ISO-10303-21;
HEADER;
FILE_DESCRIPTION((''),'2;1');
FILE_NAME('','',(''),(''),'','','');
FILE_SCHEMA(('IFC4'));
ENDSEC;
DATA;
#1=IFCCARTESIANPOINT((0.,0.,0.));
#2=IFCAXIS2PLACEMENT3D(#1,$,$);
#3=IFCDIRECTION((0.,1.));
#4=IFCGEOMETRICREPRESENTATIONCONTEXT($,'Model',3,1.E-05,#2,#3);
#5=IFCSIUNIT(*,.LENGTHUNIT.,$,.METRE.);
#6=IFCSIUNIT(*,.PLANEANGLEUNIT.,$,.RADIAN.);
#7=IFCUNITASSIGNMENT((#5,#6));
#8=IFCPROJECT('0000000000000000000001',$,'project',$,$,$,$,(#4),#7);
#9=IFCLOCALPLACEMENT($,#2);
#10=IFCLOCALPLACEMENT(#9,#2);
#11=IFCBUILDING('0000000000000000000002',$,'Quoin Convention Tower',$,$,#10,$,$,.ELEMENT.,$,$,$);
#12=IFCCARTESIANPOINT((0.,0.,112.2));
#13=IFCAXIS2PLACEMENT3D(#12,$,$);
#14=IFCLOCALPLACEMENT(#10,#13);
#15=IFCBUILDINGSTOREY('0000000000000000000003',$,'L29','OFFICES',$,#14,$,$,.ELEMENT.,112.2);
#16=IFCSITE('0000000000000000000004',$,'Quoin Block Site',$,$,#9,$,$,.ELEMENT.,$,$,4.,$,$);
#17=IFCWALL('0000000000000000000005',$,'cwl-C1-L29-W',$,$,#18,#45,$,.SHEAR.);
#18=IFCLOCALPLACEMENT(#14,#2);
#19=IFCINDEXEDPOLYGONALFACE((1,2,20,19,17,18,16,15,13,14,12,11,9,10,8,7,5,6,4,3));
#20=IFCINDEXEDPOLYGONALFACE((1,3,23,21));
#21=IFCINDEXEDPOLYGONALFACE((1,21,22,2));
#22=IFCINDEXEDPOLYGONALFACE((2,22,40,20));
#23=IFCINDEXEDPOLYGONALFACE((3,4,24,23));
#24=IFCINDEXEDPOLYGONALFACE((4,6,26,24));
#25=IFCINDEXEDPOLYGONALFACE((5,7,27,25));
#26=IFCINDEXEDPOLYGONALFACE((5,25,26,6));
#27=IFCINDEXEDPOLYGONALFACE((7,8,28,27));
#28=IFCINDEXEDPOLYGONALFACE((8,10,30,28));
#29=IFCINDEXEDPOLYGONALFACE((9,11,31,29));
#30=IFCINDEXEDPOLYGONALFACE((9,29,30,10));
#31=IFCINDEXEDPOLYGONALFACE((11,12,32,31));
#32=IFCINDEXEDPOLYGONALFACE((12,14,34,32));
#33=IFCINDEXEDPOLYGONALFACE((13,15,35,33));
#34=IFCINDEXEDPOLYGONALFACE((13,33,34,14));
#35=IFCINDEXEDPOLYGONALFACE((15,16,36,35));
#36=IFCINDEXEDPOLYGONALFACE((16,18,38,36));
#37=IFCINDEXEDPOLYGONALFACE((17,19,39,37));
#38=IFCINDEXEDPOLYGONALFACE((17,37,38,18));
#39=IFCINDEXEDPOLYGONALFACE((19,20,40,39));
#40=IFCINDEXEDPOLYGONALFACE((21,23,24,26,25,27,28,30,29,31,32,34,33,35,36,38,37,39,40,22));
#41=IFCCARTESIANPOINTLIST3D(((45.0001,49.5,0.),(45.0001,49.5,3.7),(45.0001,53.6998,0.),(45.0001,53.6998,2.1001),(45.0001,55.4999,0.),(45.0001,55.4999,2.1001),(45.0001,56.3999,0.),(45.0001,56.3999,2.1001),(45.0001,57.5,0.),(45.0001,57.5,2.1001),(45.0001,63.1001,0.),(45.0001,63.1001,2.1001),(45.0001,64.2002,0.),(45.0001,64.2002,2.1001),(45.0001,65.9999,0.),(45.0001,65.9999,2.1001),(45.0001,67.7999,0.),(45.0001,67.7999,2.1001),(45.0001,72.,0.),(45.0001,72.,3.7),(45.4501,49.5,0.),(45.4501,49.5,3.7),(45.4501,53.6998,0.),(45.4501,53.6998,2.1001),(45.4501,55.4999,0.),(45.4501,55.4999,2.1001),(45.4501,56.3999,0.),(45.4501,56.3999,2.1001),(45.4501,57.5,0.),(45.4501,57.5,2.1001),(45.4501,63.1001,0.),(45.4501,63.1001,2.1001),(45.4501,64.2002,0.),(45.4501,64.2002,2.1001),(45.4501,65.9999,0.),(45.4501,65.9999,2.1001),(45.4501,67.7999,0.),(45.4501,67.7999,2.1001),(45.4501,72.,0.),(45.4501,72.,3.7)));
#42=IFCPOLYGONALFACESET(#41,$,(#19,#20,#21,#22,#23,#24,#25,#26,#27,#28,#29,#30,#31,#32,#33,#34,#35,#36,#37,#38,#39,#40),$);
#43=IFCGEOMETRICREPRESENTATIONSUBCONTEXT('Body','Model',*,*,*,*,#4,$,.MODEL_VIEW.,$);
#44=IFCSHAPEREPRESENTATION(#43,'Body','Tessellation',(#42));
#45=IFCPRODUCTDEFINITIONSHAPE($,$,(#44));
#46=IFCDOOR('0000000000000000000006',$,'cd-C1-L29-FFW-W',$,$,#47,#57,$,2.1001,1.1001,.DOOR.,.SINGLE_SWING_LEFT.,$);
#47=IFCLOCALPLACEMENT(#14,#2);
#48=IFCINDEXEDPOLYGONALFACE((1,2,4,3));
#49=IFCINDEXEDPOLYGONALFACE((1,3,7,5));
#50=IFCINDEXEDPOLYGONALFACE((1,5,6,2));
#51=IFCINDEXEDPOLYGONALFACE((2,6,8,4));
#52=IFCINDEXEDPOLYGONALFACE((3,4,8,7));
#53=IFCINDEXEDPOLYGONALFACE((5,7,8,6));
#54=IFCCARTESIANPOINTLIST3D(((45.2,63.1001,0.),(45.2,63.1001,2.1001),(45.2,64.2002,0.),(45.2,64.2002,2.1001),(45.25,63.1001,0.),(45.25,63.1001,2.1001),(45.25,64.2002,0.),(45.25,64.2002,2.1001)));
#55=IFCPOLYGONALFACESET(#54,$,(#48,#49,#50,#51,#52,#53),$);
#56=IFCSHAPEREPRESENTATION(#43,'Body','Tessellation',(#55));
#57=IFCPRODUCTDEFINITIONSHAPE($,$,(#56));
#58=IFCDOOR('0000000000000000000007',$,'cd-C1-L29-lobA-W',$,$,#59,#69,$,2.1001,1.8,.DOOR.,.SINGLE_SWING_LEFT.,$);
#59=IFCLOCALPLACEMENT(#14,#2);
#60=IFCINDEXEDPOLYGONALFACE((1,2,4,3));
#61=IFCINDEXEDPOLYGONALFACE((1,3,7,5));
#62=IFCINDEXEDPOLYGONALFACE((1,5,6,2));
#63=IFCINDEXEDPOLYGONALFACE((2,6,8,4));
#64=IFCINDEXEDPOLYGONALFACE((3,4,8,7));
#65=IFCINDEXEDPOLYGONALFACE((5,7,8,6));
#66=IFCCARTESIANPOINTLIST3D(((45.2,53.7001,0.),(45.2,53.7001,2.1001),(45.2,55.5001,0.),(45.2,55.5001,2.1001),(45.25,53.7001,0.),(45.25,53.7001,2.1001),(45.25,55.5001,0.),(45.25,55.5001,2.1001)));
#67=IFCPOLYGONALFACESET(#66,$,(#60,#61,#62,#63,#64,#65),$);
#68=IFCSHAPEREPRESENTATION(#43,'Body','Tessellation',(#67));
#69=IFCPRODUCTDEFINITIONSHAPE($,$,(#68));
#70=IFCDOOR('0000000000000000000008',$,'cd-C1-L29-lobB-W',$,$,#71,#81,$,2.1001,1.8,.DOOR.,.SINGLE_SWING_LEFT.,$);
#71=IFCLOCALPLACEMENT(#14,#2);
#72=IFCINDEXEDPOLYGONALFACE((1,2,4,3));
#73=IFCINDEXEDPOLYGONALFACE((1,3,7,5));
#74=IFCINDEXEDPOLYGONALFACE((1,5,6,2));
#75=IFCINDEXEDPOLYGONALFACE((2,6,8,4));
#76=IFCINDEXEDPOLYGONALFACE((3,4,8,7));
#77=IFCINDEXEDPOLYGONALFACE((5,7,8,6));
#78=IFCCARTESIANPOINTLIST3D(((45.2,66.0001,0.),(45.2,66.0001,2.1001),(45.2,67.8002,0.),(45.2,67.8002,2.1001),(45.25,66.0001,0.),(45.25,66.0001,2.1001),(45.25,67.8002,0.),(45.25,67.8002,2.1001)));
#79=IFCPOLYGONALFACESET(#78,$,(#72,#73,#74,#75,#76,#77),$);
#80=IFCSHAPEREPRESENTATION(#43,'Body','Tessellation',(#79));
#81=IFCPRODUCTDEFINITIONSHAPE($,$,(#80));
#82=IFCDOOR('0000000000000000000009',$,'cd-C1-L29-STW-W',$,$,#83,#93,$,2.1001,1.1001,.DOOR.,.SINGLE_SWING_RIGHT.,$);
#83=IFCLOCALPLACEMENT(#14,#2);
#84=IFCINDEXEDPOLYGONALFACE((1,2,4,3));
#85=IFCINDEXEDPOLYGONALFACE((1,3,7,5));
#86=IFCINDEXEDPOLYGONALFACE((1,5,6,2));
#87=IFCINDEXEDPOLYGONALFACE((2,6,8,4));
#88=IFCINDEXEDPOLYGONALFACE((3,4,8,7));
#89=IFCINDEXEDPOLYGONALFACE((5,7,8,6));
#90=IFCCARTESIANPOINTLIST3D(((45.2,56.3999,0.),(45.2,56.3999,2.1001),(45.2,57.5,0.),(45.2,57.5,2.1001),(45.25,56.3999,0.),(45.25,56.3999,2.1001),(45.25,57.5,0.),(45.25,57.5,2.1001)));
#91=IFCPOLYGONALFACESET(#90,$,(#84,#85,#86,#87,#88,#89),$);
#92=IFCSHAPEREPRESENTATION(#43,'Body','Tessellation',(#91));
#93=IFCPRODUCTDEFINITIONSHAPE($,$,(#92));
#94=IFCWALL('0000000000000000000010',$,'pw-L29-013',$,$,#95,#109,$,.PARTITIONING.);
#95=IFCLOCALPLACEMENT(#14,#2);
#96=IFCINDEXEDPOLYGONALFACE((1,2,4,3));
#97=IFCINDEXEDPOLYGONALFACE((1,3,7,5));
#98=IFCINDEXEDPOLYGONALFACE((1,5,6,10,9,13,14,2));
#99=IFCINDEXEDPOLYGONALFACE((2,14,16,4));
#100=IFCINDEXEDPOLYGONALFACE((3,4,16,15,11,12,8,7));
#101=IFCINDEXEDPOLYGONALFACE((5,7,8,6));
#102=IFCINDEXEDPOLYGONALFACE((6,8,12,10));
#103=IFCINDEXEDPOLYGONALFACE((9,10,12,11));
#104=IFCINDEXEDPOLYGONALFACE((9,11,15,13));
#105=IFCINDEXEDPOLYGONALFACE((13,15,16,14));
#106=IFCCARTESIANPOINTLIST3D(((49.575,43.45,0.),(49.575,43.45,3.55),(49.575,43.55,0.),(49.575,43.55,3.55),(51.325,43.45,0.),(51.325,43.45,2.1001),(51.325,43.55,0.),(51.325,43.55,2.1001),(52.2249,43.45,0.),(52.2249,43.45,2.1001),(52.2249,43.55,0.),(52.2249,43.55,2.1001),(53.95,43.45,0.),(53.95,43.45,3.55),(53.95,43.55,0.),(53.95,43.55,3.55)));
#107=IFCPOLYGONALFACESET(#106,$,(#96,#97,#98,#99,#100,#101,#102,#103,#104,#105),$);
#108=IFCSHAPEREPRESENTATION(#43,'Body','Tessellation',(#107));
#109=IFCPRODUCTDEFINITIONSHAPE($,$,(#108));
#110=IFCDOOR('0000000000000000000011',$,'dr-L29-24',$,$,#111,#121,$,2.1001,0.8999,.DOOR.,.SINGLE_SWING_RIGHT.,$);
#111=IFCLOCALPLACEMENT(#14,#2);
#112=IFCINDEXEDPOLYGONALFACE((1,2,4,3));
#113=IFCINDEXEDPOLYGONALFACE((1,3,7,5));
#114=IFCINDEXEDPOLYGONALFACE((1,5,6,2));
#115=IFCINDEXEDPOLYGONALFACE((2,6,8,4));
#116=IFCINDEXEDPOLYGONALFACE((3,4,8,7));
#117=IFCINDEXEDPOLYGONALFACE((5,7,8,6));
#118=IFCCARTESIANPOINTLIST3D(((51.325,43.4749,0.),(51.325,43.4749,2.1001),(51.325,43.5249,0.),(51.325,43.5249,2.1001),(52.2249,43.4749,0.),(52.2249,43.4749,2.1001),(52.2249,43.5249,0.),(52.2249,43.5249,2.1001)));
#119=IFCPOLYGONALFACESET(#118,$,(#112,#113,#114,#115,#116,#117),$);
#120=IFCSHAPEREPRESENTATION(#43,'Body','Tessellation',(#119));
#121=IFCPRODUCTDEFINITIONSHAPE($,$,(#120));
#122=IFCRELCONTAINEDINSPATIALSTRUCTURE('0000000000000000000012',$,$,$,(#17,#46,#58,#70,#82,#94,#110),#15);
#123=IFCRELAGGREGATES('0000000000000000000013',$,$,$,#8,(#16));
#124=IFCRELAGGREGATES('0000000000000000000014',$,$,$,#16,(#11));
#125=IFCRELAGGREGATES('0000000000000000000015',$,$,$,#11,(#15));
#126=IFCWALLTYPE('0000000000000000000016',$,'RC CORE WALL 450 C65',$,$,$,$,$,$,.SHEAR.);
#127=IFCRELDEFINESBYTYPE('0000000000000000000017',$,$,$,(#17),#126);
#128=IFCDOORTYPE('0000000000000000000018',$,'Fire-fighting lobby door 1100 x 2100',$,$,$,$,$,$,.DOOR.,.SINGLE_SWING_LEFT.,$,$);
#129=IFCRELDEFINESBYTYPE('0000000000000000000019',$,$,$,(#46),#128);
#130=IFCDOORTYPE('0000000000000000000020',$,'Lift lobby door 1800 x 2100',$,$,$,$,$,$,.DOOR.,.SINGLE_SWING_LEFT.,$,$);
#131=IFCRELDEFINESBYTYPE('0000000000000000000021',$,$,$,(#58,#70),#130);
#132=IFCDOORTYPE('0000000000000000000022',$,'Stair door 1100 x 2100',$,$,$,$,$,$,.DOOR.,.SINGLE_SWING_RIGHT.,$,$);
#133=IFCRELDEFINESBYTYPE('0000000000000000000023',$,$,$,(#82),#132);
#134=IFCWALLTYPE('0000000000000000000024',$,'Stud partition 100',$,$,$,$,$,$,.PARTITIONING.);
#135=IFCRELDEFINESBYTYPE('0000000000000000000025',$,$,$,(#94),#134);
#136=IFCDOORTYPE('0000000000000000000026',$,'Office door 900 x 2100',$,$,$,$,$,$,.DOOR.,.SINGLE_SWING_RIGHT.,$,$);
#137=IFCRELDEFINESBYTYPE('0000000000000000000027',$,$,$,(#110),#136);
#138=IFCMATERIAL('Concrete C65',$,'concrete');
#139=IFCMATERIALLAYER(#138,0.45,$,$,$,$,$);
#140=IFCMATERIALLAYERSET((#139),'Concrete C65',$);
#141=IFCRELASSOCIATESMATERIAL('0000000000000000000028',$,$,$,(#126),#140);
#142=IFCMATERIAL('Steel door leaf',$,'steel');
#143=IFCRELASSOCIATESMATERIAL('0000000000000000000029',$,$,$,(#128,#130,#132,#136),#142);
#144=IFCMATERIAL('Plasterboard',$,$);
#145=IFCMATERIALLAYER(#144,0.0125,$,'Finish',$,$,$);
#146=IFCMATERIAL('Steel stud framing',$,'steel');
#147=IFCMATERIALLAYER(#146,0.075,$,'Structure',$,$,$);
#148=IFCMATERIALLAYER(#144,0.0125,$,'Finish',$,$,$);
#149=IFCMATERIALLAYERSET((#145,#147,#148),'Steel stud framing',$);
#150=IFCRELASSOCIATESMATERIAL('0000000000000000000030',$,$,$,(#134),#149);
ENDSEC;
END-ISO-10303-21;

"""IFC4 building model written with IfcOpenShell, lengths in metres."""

from ifc_helpers import new_model, si_unit, direction, frame, frame_2d, origin, place, context, subcontext, project, spatial, rectangle, extrude, material, layer, layer_set, type_object, element, fill, save


model = new_model("IFC4")

# Units and contexts
model_context = context("Model", 3, precision=1e-05, world=origin(), true_north=direction((0.0, 1.0)))
body_context = subcontext(model_context, "Body", "Model", "MODEL_VIEW")
ifc_project = project(units=[si_unit("LENGTHUNIT", "METRE"), si_unit("PLANEANGLEUNIT", "RADIAN")], contexts=[model_context])

# Site, building, storey
site_placement = place(None, origin())
site = spatial("IfcSite", under=ifc_project, at=site_placement, Name="Quoin Block Site", CompositionType="ELEMENT", RefElevation=4.0)
building_placement = place(site_placement, origin())
building = spatial("IfcBuilding", under=site, at=building_placement, Name="Quoin Convention Tower", CompositionType="ELEMENT")
storey_placement = place(building_placement, frame((0.0, 0.0, 112.2)))
storey = spatial("IfcBuildingStorey", under=building, at=storey_placement, Name="L29", Description="OFFICES", CompositionType="ELEMENT", Elevation=112.2)

# Shared definitions
ifc_material_1 = material(Name="Plasterboard")
ifc_material_2 = material(Name="Steel stud framing", Category="steel")

# Shared definitions
ifc_material_3 = material(Name="Steel door leaf", Category="steel")

# Shared definitions
ifc_material_4 = material(Name="Concrete C65", Category="concrete")
ifc_layer_1 = layer(ifc_material_4, 0.45)
ifc_layer_set_1 = layer_set([ifc_layer_1], Name="Concrete C65")
wall_type_1 = type_object("IfcWallType", Name="RC CORE WALL 450 C65", PredefinedType="SHEAR", material=ifc_layer_set_1)

# Wall, openings, doors
wall_1_placement = place(storey_placement, frame((45.2251, 49.5, 0.0), z_axis=(0.0, 0.0, 1.0), x_axis=(0.0, 1.0, 0.0)))
wall_1 = element("IfcWall", 1, at=wall_1_placement, inside=storey, type_object=wall_type_1, Name="cwl-C1-L29-W", PredefinedType="SHEAR", context=body_context, shape_type="SweptSolid", body=[
    extrude(rectangle(XDim=22.5, YDim=0.45, at=frame_2d((11.25, 0.0))), origin(), (0.0, 0.0, 1.0), 3.7),
])
opening_1_placement = place(wall_1_placement, frame((4.2, 0.0, 0.0)))
opening_1 = element("IfcOpeningElement", 2, at=opening_1_placement, cuts=wall_1, PredefinedType="OPENING", context=body_context, shape_type="SweptSolid", body=[
    extrude(rectangle(XDim=1.8, YDim=2.1001, at=frame_2d((0.8999, 1.05))), frame((0.0, 0.2349, 0.0), z_axis=(0.0, -1.0, 0.0), x_axis=(1.0, 0.0, 0.0)), (0.0, 0.0, 1.0), 0.47),
])
opening_2_placement = place(wall_1_placement, frame((6.8999, 0.0, 0.0)))
opening_2 = element("IfcOpeningElement", 3, at=opening_2_placement, cuts=wall_1, PredefinedType="OPENING", context=body_context, shape_type="SweptSolid", body=[
    extrude(rectangle(XDim=1.1001, YDim=2.1001, at=frame_2d((0.55, 1.05))), frame((0.0, 0.2349, 0.0), z_axis=(0.0, -1.0, 0.0), x_axis=(1.0, 0.0, 0.0)), (0.0, 0.0, 1.0), 0.47),
])
opening_3_placement = place(wall_1_placement, frame((13.6001, 0.0, 0.0)))
opening_3 = element("IfcOpeningElement", 4, at=opening_3_placement, cuts=wall_1, PredefinedType="OPENING", context=body_context, shape_type="SweptSolid", body=[
    extrude(rectangle(XDim=1.1001, YDim=2.1001, at=frame_2d((0.55, 1.05))), frame((0.0, 0.2349, 0.0), z_axis=(0.0, -1.0, 0.0), x_axis=(1.0, 0.0, 0.0)), (0.0, 0.0, 1.0), 0.47),
])
opening_4_placement = place(wall_1_placement, frame((16.5, 0.0, 0.0)))
opening_4 = element("IfcOpeningElement", 5, at=opening_4_placement, cuts=wall_1, PredefinedType="OPENING", context=body_context, shape_type="SweptSolid", body=[
    extrude(rectangle(XDim=1.8, YDim=2.1001, at=frame_2d((0.8999, 1.05))), frame((0.0, 0.2349, 0.0), z_axis=(0.0, -1.0, 0.0), x_axis=(1.0, 0.0, 0.0)), (0.0, 0.0, 1.0), 0.47),
])
door_type_1 = type_object("IfcDoorType", Name="Fire-fighting lobby door 1100 x 2100", OperationType="SINGLE_SWING_LEFT", PredefinedType="DOOR", material=ifc_material_3)
door_1_placement = place(opening_3_placement, frame((1.1001, 0.0, 0.0), z_axis=(0.0, 0.0, 1.0), x_axis=(-1.0, 0.0, 0.0)))
door_1 = element("IfcDoor", 6, at=door_1_placement, inside=storey, type_object=door_type_1, Name="cd-C1-L29-FFW-W", OperationType="SINGLE_SWING_LEFT", OverallHeight=2.1001, OverallWidth=1.1001, PredefinedType="DOOR", context=body_context, shape_type="SweptSolid", body=[
    extrude(rectangle(XDim=1.1001, YDim=2.1001, at=frame_2d((0.55, 1.05))), frame((0.0, 0.0249, 0.0), z_axis=(0.0, -1.0, 0.0), x_axis=(1.0, 0.0, 0.0)), (0.0, 0.0, 1.0), 0.05),
])
fill(opening_3, door_1)
door_type_2 = type_object("IfcDoorType", Name="Lift lobby door 1800 x 2100", OperationType="SINGLE_SWING_LEFT", PredefinedType="DOOR", material=ifc_material_3)
door_2_placement = place(opening_1_placement, frame((1.8, 0.0, 0.0), z_axis=(0.0, 0.0, 1.0), x_axis=(-1.0, 0.0, 0.0)))
door_2 = element("IfcDoor", 7, at=door_2_placement, inside=storey, type_object=door_type_2, Name="cd-C1-L29-lobA-W", OperationType="SINGLE_SWING_LEFT", OverallHeight=2.1001, OverallWidth=1.8, PredefinedType="DOOR", context=body_context, shape_type="SweptSolid", body=[
    extrude(rectangle(XDim=1.8, YDim=2.1001, at=frame_2d((0.8999, 1.05))), frame((0.0, 0.0249, 0.0), z_axis=(0.0, -1.0, 0.0), x_axis=(1.0, 0.0, 0.0)), (0.0, 0.0, 1.0), 0.05),
])
fill(opening_1, door_2)
door_3_placement = place(opening_4_placement, frame((1.8, 0.0, 0.0), z_axis=(0.0, 0.0, 1.0), x_axis=(-1.0, 0.0, 0.0)))
door_3 = element("IfcDoor", 8, at=door_3_placement, inside=storey, type_object=door_type_2, Name="cd-C1-L29-lobB-W", OperationType="SINGLE_SWING_LEFT", OverallHeight=2.1001, OverallWidth=1.8, PredefinedType="DOOR", context=body_context, shape_type="SweptSolid", body=[
    extrude(rectangle(XDim=1.8, YDim=2.1001, at=frame_2d((0.8999, 1.05))), frame((0.0, 0.0249, 0.0), z_axis=(0.0, -1.0, 0.0), x_axis=(1.0, 0.0, 0.0)), (0.0, 0.0, 1.0), 0.05),
])
fill(opening_4, door_3)
door_type_3 = type_object("IfcDoorType", Name="Stair door 1100 x 2100", OperationType="SINGLE_SWING_RIGHT", PredefinedType="DOOR", material=ifc_material_3)
door_4_placement = place(opening_2_placement, frame((1.1001, 0.0, 0.0), z_axis=(0.0, 0.0, 1.0), x_axis=(-1.0, 0.0, 0.0)))
door_4 = element("IfcDoor", 9, at=door_4_placement, inside=storey, type_object=door_type_3, Name="cd-C1-L29-STW-W", OperationType="SINGLE_SWING_RIGHT", OverallHeight=2.1001, OverallWidth=1.1001, PredefinedType="DOOR", context=body_context, shape_type="SweptSolid", body=[
    extrude(rectangle(XDim=1.1001, YDim=2.1001, at=frame_2d((0.55, 1.05))), frame((0.0, 0.0249, 0.0), z_axis=(0.0, -1.0, 0.0), x_axis=(1.0, 0.0, 0.0)), (0.0, 0.0, 1.0), 0.05),
])
fill(opening_2, door_4)

# Wall, opening, door
ifc_layer_2 = layer(ifc_material_1, 0.0125, Name="Finish")
ifc_layer_3 = layer(ifc_material_2, 0.075, Name="Structure")
ifc_layer_4 = layer(ifc_material_1, 0.0125, Name="Finish")
ifc_layer_set_2 = layer_set([ifc_layer_2, ifc_layer_3, ifc_layer_4], Name="Steel stud framing")
wall_type_2 = type_object("IfcWallType", Name="Stud partition 100", PredefinedType="PARTITIONING", material=ifc_layer_set_2)
wall_2_placement = place(storey_placement, frame((49.575, 43.5, 0.0), z_axis=(0.0, 0.0, 1.0), x_axis=(1.0, 0.0, 0.0)))
wall_2 = element("IfcWall", 10, at=wall_2_placement, inside=storey, type_object=wall_type_2, Name="pw-L29-013", PredefinedType="PARTITIONING", context=body_context, shape_type="SweptSolid", body=[
    extrude(rectangle(XDim=4.375, YDim=0.1001, at=frame_2d((2.1875, 0.0))), origin(), (0.0, 0.0, 1.0), 3.55),
])
opening_5_placement = place(wall_2_placement, frame((1.75, 0.0, 0.0)))
opening_5 = element("IfcOpeningElement", 11, at=opening_5_placement, cuts=wall_2, PredefinedType="OPENING", context=body_context, shape_type="SweptSolid", body=[
    extrude(rectangle(XDim=0.8999, YDim=2.1001, at=frame_2d((0.45, 1.05))), frame((0.0, 0.0601, 0.0), z_axis=(0.0, -1.0, 0.0), x_axis=(1.0, 0.0, 0.0)), (0.0, 0.0, 1.0), 0.1201),
])
door_type_4 = type_object("IfcDoorType", Name="Office door 900 x 2100", OperationType="SINGLE_SWING_RIGHT", PredefinedType="DOOR", material=ifc_material_3)
door_5_placement = place(opening_5_placement, origin())
door_5 = element("IfcDoor", 12, at=door_5_placement, inside=storey, type_object=door_type_4, Name="dr-L29-24", OperationType="SINGLE_SWING_RIGHT", OverallHeight=2.1001, OverallWidth=0.8999, PredefinedType="DOOR", context=body_context, shape_type="SweptSolid", body=[
    extrude(rectangle(XDim=0.8999, YDim=2.1001, at=frame_2d((0.45, 1.05))), frame((0.0, 0.0249, 0.0), z_axis=(0.0, -1.0, 0.0), x_axis=(1.0, 0.0, 0.0)), (0.0, 0.0, 1.0), 0.05),
])
fill(opening_5, door_5)

save(model, "model.ifc")
